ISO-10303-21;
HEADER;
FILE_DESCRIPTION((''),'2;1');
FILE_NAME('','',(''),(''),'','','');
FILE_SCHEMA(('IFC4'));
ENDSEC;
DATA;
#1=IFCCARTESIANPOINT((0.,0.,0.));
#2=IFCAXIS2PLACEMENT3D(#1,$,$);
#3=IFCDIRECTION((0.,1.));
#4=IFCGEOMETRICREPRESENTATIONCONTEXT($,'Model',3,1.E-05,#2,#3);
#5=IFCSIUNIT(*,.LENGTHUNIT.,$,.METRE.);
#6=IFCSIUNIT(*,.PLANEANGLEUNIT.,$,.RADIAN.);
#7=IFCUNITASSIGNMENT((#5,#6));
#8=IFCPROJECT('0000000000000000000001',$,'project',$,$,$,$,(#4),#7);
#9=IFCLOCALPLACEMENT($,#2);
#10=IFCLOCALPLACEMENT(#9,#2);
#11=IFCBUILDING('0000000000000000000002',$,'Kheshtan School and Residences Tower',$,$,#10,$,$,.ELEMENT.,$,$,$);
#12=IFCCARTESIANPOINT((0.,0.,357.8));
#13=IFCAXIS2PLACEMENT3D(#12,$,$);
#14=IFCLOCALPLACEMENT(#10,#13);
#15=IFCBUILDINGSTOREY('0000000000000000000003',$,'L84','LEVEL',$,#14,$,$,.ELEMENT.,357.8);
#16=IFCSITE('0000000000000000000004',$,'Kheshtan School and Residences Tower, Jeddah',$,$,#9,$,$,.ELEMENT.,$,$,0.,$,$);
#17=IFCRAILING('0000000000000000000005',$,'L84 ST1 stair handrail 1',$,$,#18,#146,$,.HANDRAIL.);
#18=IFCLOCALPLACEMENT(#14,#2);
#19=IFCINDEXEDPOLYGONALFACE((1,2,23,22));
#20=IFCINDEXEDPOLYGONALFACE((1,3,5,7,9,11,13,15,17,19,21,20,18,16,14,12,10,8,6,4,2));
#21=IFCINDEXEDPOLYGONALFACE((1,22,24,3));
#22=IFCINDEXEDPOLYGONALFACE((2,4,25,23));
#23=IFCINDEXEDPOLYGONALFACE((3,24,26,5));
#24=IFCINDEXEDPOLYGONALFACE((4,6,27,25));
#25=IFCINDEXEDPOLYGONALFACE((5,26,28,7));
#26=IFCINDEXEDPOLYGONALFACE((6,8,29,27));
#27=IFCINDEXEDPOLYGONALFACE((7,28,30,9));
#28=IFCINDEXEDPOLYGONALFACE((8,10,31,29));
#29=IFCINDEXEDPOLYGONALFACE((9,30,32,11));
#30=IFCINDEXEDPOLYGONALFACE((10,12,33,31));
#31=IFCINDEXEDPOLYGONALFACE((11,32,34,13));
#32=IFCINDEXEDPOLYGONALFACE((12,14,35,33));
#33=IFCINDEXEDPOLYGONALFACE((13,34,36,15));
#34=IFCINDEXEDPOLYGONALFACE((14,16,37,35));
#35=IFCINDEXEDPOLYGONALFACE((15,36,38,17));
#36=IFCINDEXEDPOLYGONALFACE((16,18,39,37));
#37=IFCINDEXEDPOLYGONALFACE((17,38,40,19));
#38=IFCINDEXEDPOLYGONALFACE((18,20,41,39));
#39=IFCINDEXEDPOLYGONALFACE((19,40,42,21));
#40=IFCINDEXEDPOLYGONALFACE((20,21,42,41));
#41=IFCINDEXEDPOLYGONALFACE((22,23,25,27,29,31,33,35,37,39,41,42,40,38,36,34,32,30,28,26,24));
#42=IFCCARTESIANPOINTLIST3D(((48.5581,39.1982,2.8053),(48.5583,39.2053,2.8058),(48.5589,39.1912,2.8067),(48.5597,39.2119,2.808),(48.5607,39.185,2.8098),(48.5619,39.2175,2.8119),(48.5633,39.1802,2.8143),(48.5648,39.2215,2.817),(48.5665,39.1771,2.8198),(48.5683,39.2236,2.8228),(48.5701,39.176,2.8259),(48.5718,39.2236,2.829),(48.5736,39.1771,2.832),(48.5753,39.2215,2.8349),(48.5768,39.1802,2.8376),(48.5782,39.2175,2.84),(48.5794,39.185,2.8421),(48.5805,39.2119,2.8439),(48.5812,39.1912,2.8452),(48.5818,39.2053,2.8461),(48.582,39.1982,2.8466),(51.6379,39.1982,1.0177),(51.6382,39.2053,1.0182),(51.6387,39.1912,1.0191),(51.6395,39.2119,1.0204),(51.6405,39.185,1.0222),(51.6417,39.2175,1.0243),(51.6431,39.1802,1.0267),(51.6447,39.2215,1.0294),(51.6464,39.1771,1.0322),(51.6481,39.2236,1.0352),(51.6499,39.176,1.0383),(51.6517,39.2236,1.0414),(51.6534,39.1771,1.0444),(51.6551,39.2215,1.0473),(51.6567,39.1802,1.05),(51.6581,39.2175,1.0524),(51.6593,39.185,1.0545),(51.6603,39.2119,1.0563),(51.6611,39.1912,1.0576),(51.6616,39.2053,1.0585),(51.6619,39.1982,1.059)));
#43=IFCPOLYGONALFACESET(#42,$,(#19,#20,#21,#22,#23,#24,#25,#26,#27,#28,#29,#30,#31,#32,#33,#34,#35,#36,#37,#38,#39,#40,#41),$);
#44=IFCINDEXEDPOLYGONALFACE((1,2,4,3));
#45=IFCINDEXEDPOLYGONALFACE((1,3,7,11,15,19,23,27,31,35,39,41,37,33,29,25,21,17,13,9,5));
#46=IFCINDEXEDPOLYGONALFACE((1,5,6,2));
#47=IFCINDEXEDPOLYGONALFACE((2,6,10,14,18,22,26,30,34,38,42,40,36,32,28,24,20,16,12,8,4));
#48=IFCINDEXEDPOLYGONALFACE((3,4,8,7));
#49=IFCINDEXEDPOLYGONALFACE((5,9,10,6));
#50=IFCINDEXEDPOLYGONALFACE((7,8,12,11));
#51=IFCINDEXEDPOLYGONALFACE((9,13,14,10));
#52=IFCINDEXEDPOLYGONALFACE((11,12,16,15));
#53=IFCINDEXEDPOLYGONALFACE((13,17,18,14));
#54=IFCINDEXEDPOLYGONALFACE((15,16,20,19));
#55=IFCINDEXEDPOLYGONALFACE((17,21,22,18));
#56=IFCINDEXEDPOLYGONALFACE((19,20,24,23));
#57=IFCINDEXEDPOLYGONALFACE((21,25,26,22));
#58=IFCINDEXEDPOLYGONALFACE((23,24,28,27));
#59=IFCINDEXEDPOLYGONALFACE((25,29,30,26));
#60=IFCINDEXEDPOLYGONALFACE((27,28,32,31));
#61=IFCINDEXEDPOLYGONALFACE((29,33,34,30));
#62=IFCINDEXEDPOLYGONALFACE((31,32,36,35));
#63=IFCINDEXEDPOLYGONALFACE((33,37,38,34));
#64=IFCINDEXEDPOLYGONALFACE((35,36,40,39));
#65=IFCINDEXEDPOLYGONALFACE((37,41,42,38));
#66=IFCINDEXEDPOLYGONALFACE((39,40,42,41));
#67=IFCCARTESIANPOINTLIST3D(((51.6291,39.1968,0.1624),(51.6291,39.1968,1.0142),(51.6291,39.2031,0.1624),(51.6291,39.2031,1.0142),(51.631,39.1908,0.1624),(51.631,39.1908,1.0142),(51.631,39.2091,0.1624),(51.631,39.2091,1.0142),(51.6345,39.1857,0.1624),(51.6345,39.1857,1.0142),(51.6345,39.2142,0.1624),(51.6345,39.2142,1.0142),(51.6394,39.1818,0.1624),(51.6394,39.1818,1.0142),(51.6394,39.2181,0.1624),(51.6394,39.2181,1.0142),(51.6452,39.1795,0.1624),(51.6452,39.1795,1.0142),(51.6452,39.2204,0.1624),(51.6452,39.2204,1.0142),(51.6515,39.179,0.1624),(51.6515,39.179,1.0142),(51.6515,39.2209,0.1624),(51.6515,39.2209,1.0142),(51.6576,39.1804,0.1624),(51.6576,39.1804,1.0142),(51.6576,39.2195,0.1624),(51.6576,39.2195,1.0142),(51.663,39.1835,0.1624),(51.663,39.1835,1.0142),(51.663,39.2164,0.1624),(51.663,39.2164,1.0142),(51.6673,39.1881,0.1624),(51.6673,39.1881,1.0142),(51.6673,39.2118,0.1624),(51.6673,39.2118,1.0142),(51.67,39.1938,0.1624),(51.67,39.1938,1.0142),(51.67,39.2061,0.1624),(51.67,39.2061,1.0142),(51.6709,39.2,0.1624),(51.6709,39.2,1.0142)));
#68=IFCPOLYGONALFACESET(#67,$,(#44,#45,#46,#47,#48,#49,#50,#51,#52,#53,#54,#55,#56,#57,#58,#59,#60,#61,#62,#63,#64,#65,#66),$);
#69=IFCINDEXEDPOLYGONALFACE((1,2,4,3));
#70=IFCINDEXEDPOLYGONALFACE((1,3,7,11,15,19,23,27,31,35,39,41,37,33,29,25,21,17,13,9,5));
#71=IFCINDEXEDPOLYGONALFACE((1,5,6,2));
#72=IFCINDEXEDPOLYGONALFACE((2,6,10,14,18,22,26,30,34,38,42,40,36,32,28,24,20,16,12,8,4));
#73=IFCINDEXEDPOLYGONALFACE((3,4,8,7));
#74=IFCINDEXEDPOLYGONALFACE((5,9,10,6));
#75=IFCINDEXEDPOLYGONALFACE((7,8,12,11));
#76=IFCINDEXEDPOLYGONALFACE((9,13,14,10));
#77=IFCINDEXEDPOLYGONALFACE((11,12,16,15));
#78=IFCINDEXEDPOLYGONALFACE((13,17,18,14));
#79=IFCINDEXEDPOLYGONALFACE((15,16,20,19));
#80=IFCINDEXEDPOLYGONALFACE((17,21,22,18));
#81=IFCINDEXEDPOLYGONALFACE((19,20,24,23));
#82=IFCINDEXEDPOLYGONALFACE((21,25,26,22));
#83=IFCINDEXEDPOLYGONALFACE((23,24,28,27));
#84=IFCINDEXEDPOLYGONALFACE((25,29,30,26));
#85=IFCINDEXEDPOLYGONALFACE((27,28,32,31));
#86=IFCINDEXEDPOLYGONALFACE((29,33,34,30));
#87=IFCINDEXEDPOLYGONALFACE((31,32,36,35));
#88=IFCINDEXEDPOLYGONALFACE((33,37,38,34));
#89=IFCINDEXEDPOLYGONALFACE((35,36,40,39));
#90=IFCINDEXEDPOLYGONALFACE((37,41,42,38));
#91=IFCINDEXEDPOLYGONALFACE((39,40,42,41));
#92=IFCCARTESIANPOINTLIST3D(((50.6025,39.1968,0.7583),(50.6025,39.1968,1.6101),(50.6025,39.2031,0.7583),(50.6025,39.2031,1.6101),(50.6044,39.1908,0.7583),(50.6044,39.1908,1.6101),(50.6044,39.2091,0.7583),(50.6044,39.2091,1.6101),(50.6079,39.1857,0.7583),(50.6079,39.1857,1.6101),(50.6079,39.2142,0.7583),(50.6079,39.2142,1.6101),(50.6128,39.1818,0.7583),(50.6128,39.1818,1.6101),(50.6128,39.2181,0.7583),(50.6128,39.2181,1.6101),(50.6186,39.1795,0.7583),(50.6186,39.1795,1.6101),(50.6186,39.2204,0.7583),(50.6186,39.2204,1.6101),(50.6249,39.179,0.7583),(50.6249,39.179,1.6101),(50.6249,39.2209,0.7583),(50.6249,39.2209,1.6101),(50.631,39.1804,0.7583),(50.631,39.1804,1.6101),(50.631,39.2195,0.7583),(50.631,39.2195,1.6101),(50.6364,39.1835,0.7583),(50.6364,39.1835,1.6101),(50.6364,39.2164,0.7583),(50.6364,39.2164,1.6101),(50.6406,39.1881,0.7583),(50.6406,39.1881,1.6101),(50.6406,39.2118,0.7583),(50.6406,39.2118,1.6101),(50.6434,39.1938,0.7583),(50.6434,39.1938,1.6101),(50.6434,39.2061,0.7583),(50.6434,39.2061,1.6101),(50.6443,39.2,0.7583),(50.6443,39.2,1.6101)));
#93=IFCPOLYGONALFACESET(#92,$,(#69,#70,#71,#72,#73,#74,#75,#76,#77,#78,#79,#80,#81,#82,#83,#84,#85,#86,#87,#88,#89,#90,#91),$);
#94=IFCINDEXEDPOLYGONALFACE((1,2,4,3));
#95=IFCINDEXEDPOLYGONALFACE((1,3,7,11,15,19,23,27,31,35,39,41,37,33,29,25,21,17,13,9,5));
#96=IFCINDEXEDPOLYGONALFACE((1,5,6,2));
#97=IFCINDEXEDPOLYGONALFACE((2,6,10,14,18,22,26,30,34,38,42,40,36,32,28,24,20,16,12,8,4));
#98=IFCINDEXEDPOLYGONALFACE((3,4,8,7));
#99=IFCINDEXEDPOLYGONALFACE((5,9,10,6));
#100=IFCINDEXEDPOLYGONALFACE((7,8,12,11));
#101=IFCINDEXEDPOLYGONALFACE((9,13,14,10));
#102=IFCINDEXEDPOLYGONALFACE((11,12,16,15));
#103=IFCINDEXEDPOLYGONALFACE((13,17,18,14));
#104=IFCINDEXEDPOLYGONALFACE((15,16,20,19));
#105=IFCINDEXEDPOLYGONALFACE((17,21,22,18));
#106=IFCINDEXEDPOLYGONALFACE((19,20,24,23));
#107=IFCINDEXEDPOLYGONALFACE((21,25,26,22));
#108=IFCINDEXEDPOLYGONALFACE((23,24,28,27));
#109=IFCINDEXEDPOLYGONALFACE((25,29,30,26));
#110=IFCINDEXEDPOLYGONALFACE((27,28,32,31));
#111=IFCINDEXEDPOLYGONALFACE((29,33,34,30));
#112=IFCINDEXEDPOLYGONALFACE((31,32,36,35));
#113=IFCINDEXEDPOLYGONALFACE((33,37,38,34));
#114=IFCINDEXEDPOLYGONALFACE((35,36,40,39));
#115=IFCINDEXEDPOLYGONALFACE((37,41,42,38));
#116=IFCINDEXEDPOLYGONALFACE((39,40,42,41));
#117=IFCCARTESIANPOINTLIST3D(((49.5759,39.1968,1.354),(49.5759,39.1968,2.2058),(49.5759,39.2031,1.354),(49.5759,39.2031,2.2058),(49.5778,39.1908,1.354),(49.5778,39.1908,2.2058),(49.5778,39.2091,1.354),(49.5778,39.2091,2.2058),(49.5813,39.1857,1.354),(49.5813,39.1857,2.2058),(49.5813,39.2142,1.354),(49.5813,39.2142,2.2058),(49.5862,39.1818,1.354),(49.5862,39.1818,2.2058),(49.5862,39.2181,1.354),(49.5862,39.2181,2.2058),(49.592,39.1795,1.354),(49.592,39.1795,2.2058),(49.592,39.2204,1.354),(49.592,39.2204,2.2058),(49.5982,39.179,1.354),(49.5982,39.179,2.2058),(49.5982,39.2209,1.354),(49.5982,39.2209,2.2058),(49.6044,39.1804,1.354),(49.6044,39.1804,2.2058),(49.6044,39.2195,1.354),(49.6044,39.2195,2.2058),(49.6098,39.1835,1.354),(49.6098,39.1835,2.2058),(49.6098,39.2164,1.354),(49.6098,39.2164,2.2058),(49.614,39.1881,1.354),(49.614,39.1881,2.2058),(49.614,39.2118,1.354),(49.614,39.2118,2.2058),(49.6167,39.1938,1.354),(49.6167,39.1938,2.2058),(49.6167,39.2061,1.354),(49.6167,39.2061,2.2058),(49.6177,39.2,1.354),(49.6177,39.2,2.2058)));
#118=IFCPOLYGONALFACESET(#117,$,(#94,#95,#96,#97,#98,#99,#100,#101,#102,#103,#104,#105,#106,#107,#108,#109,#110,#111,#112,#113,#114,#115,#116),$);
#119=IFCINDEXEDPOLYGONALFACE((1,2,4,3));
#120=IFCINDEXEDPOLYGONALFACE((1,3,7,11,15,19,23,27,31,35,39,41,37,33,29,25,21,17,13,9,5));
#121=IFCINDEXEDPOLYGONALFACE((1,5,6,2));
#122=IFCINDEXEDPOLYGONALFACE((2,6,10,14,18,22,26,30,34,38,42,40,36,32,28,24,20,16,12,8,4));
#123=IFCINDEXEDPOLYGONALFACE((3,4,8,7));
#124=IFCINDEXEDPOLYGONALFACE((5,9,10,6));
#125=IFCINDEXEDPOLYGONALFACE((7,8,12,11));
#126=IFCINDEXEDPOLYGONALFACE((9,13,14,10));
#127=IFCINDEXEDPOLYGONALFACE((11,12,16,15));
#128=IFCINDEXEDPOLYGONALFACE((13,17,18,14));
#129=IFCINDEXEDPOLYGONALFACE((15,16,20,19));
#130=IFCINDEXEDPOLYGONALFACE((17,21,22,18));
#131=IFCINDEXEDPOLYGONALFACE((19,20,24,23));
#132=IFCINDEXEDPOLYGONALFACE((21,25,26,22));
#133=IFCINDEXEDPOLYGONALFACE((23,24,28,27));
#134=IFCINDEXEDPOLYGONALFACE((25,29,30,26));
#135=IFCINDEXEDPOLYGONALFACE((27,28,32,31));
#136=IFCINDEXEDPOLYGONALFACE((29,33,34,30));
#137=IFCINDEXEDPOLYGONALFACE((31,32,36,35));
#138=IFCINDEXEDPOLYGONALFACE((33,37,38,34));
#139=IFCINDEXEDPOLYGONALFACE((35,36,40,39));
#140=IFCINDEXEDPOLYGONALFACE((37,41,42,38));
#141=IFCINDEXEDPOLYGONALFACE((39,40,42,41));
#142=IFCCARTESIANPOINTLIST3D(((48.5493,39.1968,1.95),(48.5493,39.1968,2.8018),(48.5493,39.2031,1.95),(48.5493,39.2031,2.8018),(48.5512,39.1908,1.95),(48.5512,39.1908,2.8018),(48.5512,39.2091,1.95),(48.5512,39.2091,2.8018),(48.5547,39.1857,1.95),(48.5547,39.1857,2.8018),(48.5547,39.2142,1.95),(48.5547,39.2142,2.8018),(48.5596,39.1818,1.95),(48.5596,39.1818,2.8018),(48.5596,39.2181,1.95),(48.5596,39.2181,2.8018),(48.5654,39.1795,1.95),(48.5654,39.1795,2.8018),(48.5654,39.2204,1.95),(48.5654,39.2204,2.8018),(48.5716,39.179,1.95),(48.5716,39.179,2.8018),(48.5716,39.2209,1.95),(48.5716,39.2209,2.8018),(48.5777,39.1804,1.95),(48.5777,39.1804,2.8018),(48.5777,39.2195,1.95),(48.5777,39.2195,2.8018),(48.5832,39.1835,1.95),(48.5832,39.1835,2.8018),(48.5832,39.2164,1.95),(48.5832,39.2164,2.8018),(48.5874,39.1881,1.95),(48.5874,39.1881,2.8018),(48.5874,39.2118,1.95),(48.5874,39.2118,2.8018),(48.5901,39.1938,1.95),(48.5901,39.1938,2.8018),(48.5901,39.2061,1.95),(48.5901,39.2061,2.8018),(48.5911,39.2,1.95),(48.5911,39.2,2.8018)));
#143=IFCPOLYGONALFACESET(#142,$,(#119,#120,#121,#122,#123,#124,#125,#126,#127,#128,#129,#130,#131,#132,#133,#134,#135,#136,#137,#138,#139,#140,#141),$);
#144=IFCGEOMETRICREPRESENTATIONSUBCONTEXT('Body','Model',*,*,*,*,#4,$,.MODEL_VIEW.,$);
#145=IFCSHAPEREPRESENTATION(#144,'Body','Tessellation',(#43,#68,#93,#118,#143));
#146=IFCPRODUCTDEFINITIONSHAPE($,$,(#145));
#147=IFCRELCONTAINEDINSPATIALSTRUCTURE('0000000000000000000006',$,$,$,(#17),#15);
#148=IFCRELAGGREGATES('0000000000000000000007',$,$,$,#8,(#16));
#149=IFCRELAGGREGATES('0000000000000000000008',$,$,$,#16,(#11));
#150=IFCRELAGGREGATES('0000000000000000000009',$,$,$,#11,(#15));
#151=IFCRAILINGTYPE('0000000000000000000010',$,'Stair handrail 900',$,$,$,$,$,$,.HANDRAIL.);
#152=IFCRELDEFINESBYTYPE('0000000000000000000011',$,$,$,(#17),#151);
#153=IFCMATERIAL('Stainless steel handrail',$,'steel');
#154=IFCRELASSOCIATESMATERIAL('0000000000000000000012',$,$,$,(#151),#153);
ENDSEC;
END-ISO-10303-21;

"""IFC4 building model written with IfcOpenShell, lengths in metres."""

from ifc_helpers import new_model, si_unit, direction, frame, origin, origin_2d, place, context, subcontext, project, spatial, circle, extrude, material, type_object, element, save


model = new_model("IFC4")

# Units and contexts
model_context = context("Model", 3, precision=1e-05, world=origin(), true_north=direction((0.0, 1.0)))
body_context = subcontext(model_context, "Body", "Model", "MODEL_VIEW")
ifc_project = project(units=[si_unit("LENGTHUNIT", "METRE"), si_unit("PLANEANGLEUNIT", "RADIAN")], contexts=[model_context])

# Site, building, storey
site_placement = place(None, origin())
site = spatial("IfcSite", under=ifc_project, at=site_placement, Name="Kheshtan School and Residences Tower, Jeddah", CompositionType="ELEMENT", RefElevation=0.0)
building_placement = place(site_placement, origin())
building = spatial("IfcBuilding", under=site, at=building_placement, Name="Kheshtan School and Residences Tower", CompositionType="ELEMENT")
storey_placement = place(building_placement, frame((0.0, 0.0, 357.8)))
storey = spatial("IfcBuildingStorey", under=building, at=storey_placement, Name="L84", Description="LEVEL", CompositionType="ELEMENT", Elevation=357.8)

# Railing
ifc_material_1 = material(Name="Stainless steel handrail", Category="steel")
railing_type_1 = type_object("IfcRailingType", Name="Stair handrail 900", PredefinedType="HANDRAIL", material=ifc_material_1)
railing_1_placement = place(storey_placement, frame((51.6499, 39.2, 0.1624)))
element("IfcRailing", 1, at=railing_1_placement, inside=storey, type_object=railing_type_1, Name="L84 ST1 stair handrail 1", PredefinedType="HANDRAIL", context=body_context, shape_type="SweptSolid", body=[
    extrude(circle(Radius=0.0239, at=origin_2d()), frame((0.0, 0.0, 0.876), z_axis=(-0.864873, 0.0, 0.50199), x_axis=(0.0, -1.0, 0.0)), (0.0, 0.0, 1.0), 3.561),
    extrude(circle(Radius=0.021, at=origin_2d()), origin(), (0.0, 0.0, 1.0), 0.8518),
    extrude(circle(Radius=0.021, at=origin_2d()), frame((-1.0266, 0.0, 0.5959)), (0.0, 0.0, 1.0), 0.8518),
    extrude(circle(Radius=0.021, at=origin_2d()), frame((-2.0532, 0.0, 1.1917)), (0.0, 0.0, 1.0), 0.8518),
    extrude(circle(Radius=0.021, at=origin_2d()), frame((-3.0798, 0.0, 1.7876)), (0.0, 0.0, 1.0), 0.8518),
])

save(model, "model.ifc")
